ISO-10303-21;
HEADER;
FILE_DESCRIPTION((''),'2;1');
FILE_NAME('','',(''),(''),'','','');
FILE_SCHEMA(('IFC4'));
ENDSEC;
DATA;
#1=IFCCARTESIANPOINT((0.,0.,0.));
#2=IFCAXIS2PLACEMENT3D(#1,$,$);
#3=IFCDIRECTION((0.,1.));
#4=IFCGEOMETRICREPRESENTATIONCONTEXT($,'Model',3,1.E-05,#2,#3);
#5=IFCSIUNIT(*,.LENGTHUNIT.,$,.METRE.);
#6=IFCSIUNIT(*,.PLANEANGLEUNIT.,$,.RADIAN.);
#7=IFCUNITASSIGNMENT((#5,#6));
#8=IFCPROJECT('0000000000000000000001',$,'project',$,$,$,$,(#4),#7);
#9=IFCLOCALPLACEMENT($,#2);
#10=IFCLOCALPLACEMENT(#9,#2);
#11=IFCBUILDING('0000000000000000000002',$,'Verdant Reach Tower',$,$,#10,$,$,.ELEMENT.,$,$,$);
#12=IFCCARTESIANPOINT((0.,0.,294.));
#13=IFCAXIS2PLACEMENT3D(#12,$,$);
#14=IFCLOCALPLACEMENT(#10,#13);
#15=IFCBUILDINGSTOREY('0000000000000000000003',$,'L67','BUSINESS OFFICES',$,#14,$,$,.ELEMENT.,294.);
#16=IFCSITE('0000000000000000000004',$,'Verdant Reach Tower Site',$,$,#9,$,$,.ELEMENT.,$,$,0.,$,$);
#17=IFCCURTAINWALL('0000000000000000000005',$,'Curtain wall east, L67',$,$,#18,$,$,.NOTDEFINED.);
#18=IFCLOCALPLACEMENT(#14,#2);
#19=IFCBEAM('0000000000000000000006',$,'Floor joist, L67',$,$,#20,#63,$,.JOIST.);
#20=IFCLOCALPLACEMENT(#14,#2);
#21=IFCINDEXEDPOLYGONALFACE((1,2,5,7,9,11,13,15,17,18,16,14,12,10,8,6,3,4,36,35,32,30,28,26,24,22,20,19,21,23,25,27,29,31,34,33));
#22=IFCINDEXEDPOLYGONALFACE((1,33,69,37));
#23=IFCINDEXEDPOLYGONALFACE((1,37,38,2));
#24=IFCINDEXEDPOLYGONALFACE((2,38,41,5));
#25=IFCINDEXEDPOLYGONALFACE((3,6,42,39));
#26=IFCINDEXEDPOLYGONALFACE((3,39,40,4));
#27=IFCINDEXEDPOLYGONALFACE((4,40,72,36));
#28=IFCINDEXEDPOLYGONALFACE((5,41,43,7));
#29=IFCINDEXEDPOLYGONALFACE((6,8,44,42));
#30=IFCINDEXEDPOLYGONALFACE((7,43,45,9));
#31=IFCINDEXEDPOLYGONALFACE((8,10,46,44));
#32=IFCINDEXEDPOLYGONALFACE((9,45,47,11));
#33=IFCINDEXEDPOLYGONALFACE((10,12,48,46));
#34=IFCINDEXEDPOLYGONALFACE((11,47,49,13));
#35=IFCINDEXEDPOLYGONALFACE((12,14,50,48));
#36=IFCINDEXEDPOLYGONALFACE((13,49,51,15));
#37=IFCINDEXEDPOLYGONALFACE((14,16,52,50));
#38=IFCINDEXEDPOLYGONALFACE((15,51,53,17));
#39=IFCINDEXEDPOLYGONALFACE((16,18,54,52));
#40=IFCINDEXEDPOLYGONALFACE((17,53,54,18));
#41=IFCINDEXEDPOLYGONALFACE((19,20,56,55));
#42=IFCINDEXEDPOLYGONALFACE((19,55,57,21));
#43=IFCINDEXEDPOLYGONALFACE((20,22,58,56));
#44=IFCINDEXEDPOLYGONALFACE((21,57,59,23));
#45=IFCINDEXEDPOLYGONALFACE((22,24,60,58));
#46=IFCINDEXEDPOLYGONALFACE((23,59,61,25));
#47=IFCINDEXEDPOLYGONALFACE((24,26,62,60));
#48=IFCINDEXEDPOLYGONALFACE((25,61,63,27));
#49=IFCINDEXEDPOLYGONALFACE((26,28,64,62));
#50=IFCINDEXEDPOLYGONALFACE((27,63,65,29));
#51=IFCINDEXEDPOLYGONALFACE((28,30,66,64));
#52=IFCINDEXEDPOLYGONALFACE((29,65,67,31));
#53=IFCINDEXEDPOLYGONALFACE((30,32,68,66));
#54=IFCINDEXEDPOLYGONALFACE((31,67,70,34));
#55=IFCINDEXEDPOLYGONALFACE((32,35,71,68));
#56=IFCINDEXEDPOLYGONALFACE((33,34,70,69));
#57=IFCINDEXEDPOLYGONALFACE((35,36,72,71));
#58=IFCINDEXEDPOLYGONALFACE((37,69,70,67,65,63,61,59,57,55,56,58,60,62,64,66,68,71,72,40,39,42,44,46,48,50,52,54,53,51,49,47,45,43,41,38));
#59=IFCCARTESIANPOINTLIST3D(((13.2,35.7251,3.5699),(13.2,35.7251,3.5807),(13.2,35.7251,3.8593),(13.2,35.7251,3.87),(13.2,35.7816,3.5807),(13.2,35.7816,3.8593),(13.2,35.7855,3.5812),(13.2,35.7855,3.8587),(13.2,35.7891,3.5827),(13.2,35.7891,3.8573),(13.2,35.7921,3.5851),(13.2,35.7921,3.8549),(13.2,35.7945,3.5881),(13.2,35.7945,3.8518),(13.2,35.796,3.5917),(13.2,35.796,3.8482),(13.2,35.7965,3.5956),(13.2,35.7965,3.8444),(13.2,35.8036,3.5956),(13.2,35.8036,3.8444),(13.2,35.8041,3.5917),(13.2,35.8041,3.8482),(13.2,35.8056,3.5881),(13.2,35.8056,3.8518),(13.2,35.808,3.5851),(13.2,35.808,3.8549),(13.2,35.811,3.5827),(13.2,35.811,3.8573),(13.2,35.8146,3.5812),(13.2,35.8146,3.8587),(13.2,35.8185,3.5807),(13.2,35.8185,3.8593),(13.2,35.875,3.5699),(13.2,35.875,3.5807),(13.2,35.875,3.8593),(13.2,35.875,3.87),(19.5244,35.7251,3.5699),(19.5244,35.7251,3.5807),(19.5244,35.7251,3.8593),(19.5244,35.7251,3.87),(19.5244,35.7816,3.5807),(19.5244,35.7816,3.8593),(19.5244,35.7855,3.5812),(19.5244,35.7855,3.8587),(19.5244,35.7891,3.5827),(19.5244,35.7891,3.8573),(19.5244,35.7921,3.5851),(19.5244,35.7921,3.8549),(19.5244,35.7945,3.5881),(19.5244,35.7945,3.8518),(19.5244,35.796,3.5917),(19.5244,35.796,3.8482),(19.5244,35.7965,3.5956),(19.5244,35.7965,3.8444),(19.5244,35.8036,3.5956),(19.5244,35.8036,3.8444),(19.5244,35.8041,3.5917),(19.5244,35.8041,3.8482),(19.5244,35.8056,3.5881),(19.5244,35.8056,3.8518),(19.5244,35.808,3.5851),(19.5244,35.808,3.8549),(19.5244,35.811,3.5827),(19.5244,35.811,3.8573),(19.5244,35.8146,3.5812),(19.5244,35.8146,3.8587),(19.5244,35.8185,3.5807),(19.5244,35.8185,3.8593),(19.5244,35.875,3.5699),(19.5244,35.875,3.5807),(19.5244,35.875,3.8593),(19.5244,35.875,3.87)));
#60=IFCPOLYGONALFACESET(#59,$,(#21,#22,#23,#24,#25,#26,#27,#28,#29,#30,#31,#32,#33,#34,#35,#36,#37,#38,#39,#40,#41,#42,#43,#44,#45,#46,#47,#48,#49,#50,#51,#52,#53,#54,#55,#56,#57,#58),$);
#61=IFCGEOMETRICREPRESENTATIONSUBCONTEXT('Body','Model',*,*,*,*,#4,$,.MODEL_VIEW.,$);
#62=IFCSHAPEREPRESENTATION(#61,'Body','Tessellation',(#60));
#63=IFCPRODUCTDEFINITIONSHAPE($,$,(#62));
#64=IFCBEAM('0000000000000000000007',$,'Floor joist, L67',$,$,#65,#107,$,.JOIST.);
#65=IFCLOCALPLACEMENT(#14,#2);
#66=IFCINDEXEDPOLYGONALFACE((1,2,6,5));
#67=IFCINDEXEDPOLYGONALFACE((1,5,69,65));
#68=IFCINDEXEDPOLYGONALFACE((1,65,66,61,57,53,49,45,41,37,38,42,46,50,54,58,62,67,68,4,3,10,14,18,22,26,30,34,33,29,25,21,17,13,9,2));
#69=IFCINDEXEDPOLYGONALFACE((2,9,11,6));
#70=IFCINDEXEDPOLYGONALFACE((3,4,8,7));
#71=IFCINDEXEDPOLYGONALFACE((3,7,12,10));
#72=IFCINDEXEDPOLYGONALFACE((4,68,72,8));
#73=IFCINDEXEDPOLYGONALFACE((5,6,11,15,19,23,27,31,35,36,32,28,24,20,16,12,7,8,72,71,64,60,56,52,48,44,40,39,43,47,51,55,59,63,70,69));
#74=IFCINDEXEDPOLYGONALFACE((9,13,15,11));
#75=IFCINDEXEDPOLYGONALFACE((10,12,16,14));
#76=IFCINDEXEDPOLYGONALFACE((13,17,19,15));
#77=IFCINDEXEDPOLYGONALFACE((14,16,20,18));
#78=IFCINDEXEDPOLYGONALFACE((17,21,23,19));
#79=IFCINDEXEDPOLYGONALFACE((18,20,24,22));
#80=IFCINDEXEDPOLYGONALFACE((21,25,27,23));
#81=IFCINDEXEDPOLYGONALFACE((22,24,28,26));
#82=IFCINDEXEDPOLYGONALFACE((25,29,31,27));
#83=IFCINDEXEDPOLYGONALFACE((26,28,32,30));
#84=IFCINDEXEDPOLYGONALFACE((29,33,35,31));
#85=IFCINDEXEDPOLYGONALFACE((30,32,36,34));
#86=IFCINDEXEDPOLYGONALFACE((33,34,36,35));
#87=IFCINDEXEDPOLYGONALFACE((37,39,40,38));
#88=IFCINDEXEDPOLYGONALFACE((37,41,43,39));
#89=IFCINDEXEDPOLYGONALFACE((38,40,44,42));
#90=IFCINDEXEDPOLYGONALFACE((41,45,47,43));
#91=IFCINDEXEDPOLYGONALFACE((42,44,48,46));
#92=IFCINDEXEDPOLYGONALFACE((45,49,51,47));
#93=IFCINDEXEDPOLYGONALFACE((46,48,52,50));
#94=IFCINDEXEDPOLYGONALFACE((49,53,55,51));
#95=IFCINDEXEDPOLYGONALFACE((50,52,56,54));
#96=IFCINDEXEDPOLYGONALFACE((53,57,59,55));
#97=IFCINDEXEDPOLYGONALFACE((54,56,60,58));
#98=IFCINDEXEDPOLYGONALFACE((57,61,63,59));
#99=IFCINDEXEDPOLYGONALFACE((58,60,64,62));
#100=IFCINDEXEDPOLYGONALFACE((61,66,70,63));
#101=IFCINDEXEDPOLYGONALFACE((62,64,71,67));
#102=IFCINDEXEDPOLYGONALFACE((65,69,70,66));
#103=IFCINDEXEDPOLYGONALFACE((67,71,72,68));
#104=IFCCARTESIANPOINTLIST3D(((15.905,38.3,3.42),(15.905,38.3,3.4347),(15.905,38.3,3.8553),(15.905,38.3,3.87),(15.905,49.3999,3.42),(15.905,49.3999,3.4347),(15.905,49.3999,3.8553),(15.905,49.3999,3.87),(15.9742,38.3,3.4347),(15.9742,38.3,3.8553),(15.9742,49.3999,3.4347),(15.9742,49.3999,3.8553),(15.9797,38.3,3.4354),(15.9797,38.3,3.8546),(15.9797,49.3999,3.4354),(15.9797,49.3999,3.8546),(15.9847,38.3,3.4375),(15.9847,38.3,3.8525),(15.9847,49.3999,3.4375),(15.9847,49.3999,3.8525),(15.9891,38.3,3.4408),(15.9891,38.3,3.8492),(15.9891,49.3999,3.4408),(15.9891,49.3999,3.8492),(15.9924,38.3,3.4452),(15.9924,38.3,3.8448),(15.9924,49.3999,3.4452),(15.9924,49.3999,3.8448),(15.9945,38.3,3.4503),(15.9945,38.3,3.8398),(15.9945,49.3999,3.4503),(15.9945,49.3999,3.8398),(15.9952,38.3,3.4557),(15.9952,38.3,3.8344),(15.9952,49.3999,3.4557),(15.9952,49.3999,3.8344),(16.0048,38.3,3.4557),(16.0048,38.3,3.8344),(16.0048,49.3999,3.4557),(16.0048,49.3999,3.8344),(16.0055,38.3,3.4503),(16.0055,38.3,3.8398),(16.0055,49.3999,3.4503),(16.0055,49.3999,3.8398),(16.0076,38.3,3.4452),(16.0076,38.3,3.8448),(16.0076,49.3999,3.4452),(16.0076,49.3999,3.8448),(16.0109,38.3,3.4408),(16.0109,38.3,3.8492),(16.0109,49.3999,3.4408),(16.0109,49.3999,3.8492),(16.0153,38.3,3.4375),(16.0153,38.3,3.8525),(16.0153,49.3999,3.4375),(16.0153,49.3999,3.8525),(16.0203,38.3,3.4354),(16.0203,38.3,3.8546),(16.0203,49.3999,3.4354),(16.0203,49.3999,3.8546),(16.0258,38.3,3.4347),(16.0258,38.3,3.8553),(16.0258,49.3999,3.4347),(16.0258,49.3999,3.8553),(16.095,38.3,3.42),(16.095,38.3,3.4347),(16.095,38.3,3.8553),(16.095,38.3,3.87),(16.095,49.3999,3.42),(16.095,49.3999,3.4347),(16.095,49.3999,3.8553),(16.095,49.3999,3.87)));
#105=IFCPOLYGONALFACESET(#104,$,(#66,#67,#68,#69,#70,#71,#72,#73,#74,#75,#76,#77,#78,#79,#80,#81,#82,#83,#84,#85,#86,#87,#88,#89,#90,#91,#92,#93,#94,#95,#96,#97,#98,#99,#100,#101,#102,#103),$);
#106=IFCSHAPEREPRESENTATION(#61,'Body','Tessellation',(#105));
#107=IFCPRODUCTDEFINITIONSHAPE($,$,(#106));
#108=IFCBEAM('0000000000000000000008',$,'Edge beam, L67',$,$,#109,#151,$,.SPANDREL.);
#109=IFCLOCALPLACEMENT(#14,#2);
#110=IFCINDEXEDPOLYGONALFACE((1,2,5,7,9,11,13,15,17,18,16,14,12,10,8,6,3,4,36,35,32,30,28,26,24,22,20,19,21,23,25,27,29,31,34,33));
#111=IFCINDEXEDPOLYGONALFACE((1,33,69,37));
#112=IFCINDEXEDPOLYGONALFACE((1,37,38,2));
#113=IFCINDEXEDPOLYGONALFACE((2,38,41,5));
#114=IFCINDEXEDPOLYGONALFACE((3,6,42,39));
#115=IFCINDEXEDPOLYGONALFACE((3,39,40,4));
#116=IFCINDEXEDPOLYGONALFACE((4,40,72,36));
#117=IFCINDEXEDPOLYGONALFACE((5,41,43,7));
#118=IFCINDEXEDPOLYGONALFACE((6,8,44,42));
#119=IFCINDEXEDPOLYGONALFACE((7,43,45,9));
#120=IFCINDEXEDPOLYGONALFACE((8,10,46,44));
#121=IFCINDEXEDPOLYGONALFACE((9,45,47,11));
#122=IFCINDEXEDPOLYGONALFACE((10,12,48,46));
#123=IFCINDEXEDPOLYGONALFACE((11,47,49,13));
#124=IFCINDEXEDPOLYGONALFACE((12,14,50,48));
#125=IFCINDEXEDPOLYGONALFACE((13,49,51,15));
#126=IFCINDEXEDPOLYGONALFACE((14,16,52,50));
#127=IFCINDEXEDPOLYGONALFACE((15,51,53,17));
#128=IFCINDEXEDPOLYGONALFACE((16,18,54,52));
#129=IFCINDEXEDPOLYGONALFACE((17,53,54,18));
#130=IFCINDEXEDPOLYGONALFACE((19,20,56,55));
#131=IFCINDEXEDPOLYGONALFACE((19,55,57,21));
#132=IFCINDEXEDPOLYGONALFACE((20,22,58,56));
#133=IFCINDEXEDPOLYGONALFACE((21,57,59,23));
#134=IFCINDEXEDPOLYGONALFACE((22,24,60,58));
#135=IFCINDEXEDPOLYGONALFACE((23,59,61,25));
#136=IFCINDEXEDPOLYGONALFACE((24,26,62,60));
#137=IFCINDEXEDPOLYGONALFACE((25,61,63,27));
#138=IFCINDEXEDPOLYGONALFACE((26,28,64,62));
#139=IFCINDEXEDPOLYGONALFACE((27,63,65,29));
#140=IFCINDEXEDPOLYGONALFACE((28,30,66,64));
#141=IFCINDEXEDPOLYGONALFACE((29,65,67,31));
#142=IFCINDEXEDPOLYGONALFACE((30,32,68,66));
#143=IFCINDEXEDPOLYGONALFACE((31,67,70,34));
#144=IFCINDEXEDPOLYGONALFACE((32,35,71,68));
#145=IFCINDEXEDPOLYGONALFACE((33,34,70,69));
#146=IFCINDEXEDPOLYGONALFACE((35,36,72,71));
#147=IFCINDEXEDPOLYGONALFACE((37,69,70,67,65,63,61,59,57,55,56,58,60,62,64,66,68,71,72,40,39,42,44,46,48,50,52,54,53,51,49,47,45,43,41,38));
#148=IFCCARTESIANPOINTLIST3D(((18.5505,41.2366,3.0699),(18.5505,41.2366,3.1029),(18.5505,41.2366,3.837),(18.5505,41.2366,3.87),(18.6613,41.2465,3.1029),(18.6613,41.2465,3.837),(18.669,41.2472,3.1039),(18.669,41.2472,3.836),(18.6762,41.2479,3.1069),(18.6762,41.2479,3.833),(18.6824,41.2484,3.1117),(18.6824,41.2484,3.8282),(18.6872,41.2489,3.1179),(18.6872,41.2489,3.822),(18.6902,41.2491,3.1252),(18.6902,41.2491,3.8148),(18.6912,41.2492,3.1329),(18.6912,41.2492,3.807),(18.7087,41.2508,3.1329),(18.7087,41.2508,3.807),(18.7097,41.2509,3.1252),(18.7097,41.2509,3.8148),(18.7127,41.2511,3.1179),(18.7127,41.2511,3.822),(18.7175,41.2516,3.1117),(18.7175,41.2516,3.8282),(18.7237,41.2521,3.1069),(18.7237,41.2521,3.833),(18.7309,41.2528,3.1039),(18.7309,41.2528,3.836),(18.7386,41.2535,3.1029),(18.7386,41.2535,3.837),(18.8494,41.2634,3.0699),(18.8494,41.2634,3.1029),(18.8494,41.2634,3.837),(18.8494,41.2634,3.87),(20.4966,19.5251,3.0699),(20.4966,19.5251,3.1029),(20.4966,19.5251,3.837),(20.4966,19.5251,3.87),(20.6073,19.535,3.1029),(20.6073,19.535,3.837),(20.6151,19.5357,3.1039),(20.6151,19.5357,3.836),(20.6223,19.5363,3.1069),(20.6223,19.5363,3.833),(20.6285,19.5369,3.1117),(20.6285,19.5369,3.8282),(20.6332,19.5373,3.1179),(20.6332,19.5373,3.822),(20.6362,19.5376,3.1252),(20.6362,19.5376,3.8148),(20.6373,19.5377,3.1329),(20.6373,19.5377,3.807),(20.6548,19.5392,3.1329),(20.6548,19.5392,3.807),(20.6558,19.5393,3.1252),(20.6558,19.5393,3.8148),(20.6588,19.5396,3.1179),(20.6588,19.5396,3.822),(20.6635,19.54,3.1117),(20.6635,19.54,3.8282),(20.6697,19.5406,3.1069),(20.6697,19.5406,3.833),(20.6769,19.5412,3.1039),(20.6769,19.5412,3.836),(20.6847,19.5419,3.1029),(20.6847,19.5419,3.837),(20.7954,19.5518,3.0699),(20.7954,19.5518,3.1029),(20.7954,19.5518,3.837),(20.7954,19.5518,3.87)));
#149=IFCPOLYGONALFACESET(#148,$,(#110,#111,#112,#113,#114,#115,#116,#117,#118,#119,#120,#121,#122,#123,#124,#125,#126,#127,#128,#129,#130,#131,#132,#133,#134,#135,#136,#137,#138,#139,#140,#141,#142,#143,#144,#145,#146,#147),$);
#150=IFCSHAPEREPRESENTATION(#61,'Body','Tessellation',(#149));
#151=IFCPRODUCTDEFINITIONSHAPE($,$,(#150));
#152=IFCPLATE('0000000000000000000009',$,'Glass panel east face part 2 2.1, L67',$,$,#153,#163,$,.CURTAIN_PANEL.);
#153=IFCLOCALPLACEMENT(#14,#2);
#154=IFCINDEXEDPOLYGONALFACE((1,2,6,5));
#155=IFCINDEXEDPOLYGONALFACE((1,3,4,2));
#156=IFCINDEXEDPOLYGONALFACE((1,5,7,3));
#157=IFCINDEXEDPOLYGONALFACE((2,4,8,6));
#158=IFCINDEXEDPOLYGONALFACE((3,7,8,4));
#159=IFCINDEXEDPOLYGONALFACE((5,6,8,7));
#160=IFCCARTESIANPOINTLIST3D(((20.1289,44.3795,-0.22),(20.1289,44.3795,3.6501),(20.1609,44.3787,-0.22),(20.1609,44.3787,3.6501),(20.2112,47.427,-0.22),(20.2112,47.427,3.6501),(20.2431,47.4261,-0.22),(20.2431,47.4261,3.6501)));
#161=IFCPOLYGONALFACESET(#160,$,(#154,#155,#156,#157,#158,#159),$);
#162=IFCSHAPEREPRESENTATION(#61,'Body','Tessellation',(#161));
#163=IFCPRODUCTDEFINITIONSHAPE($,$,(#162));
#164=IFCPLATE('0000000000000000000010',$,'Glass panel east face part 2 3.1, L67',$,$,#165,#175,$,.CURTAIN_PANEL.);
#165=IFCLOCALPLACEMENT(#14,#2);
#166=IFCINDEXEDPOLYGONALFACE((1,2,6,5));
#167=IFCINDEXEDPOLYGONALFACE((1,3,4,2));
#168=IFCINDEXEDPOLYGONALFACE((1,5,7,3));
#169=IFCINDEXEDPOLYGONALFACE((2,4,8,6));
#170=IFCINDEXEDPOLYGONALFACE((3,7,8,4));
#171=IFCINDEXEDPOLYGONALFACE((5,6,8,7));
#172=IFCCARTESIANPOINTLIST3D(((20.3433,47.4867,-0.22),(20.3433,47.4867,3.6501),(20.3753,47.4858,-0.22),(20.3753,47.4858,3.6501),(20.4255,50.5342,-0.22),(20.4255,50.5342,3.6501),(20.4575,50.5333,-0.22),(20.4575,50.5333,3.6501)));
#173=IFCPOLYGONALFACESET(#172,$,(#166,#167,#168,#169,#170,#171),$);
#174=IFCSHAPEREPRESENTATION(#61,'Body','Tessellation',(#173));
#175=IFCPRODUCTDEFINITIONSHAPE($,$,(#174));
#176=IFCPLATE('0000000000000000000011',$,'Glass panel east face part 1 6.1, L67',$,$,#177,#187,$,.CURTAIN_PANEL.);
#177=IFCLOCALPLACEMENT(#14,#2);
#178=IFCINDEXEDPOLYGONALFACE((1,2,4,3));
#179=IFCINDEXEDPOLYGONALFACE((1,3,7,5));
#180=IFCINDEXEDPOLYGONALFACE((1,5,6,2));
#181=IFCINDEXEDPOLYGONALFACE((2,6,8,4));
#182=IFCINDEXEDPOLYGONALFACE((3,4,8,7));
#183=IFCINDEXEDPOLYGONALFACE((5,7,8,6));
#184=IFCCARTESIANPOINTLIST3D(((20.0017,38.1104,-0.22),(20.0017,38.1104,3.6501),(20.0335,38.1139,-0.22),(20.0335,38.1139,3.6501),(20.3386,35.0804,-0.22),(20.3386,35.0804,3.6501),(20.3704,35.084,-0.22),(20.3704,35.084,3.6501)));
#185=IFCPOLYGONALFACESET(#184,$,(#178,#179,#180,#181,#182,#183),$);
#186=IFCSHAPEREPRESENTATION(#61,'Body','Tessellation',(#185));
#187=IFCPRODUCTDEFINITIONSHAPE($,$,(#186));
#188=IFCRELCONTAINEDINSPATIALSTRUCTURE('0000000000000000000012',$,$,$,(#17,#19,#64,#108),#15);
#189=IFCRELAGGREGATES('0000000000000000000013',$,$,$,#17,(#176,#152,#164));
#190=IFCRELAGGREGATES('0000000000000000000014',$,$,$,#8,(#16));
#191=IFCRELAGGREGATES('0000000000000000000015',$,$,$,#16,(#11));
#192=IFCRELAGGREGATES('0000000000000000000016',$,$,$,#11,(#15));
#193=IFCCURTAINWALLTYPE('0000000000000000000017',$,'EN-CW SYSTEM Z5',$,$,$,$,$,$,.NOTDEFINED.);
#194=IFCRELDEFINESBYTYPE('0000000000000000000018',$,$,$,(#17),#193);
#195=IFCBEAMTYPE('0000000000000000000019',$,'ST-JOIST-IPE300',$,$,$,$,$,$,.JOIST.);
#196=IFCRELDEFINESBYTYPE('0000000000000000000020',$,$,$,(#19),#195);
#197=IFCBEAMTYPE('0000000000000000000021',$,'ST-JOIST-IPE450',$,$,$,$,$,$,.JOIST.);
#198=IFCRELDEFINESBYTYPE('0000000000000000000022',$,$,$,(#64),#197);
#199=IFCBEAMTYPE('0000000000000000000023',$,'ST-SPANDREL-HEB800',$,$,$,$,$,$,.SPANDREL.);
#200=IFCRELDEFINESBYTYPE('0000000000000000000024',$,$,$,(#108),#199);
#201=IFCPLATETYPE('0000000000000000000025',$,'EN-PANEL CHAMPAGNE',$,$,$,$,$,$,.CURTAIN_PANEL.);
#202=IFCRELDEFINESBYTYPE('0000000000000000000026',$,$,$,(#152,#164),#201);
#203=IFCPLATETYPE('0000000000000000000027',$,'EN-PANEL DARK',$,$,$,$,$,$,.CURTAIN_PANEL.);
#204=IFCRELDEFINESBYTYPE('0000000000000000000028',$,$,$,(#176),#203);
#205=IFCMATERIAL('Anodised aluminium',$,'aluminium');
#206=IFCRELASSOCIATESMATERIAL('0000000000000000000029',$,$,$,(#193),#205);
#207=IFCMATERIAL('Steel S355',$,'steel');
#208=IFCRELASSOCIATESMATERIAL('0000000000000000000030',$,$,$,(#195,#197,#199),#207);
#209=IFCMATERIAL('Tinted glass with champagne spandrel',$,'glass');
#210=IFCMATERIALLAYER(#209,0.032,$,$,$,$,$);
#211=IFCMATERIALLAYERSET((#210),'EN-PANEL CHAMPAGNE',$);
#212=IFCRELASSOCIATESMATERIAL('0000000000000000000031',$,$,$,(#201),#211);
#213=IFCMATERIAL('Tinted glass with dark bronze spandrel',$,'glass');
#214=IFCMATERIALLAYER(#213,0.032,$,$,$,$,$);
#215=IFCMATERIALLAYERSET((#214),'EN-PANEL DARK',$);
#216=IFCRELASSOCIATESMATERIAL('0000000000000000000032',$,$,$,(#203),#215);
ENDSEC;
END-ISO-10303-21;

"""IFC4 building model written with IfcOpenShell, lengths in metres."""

from ifc_helpers import new_model, si_unit, direction, frame, origin, origin_2d, place, context, subcontext, project, spatial, rectangle, i_section, extrude, material, layer, layer_set, material_profile, profile_set, type_object, element, aggregate, save


model = new_model("IFC4")

# Units and contexts
model_context = context("Model", 3, precision=1e-05, world=origin(), true_north=direction((0.0, 1.0)))
body_context = subcontext(model_context, "Body", "Model", "MODEL_VIEW")
ifc_project = project(units=[si_unit("LENGTHUNIT", "METRE"), si_unit("PLANEANGLEUNIT", "RADIAN")], contexts=[model_context])

# Site, building, storey
site_placement = place(None, origin())
site = spatial("IfcSite", under=ifc_project, at=site_placement, Name="Verdant Reach Tower Site", CompositionType="ELEMENT", RefElevation=0.0)
building_placement = place(site_placement, origin())
building = spatial("IfcBuilding", under=site, at=building_placement, Name="Verdant Reach Tower", CompositionType="ELEMENT")
storey_placement = place(building_placement, frame((0.0, 0.0, 294.0)))
storey = spatial("IfcBuildingStorey", under=building, at=storey_placement, Name="L67", Description="BUSINESS OFFICES", CompositionType="ELEMENT", Elevation=294.0)

# Curtain wall
ifc_material_1 = material(Name="Anodised aluminium", Category="aluminium")
curtain_wall_type = type_object("IfcCurtainWallType", Name="EN-CW SYSTEM Z5", PredefinedType="NOTDEFINED", material=ifc_material_1)
curtain_wall_placement = place(storey_placement, origin())
curtain_wall = element("IfcCurtainWall", 1, at=curtain_wall_placement, inside=storey, type_object=curtain_wall_type, Name="Curtain wall east, L67", PredefinedType="NOTDEFINED")

# Beams
ifc_material_2 = material(Name="Steel S355", Category="steel")
ifc_material_profile_1 = material_profile(ifc_material_2, i_section(OverallWidth=0.1499, OverallDepth=0.3, WebThickness=0.0071, FlangeThickness=0.0107, FilletRadius=0.0149, at=origin_2d()), Name="IPE 300")
ifc_profile_set_1 = profile_set([ifc_material_profile_1], Name="Steel S355")
beam_type_1 = type_object("IfcBeamType", Name="ST-JOIST-IPE300", PredefinedType="JOIST", material=ifc_profile_set_1)
beam_1_placement = place(storey_placement, frame((13.2, 35.8, 3.72), z_axis=(1.0, 0.0, 0.0), x_axis=(0.0, 1.0, 0.0)))
element("IfcBeam", 2, at=beam_1_placement, inside=storey, type_object=beam_type_1, Name="Floor joist, L67", PredefinedType="JOIST", context=body_context, shape_type="SweptSolid", body=[
    extrude(i_section(OverallWidth=0.1499, OverallDepth=0.3, WebThickness=0.0071, FlangeThickness=0.0107, FilletRadius=0.0149, at=origin_2d()), origin(), (0.0, 0.0, 1.0), 6.3245),
])
ifc_material_profile_2 = material_profile(ifc_material_2, i_section(OverallWidth=0.1899, OverallDepth=0.45, WebThickness=0.0095, FlangeThickness=0.0146, FilletRadius=0.021, at=origin_2d()), Name="IPE 450")
ifc_profile_set_2 = profile_set([ifc_material_profile_2], Name="Steel S355")
beam_type_2 = type_object("IfcBeamType", Name="ST-JOIST-IPE450", PredefinedType="JOIST", material=ifc_profile_set_2)
beam_2_placement = place(storey_placement, frame((16.0, 38.3, 3.645), z_axis=(0.0, 1.0, 0.0), x_axis=(-1.0, 0.0, 0.0)))
element("IfcBeam", 3, at=beam_2_placement, inside=storey, type_object=beam_type_2, Name="Floor joist, L67", PredefinedType="JOIST", context=body_context, shape_type="SweptSolid", body=[
    extrude(i_section(OverallWidth=0.1899, OverallDepth=0.45, WebThickness=0.0095, FlangeThickness=0.0146, FilletRadius=0.021, at=origin_2d()), origin(), (0.0, 0.0, 1.0), 11.0999),
])
ifc_material_profile_3 = material_profile(ifc_material_2, i_section(OverallWidth=0.3, OverallDepth=0.8, WebThickness=0.0176, FlangeThickness=0.033, FilletRadius=0.03, at=origin_2d()), Name="HEB 800")
ifc_profile_set_3 = profile_set([ifc_material_profile_3], Name="Steel S355")
beam_type_3 = type_object("IfcBeamType", Name="ST-SPANDREL-HEB800", PredefinedType="SPANDREL", material=ifc_profile_set_3)
beam_3_placement = place(storey_placement, frame((18.7, 41.25, 3.47), z_axis=(0.089274, -0.996007, 0.0), x_axis=(0.996007, 0.089274, 0.0)))
element("IfcBeam", 4, at=beam_3_placement, inside=storey, type_object=beam_type_3, Name="Edge beam, L67", PredefinedType="SPANDREL", context=body_context, shape_type="SweptSolid", body=[
    extrude(i_section(OverallWidth=0.3, OverallDepth=0.8, WebThickness=0.0176, FlangeThickness=0.033, FilletRadius=0.03, at=origin_2d()), origin(), (0.0, 0.0, 1.0), 21.7986),
])

# Plates
ifc_material_3 = material(Name="Tinted glass with champagne spandrel", Category="glass")
ifc_layer_1 = layer(ifc_material_3, 0.032)
ifc_layer_set_1 = layer_set([ifc_layer_1], Name="EN-PANEL CHAMPAGNE")
plate_type_1 = type_object("IfcPlateType", Name="EN-PANEL CHAMPAGNE", PredefinedType="CURTAIN_PANEL", material=ifc_layer_set_1)
plate_1_placement = place(storey_placement, frame((20.186, 45.9028, -0.22), z_axis=(0.0, 0.0, 1.0), x_axis=(0.026965, 0.999636, 0.0)))
plate_1 = element("IfcPlate", 5, at=plate_1_placement, type_object=plate_type_1, Name="Glass panel east face part 2 2.1, L67", PredefinedType="CURTAIN_PANEL", context=body_context, shape_type="SweptSolid", body=[
    extrude(rectangle(XDim=3.0486, YDim=0.032, at=origin_2d()), origin(), (0.0, 0.0, 1.0), 3.8701),
])
plate_2_placement = place(storey_placement, frame((20.4004, 49.01, -0.22), z_axis=(0.0, 0.0, 1.0), x_axis=(0.026965, 0.999636, 0.0)))
plate_2 = element("IfcPlate", 6, at=plate_2_placement, type_object=plate_type_1, Name="Glass panel east face part 2 3.1, L67", PredefinedType="CURTAIN_PANEL", context=body_context, shape_type="SweptSolid", body=[
    extrude(rectangle(XDim=3.0486, YDim=0.032, at=origin_2d()), origin(), (0.0, 0.0, 1.0), 3.8701),
])
ifc_material_4 = material(Name="Tinted glass with dark bronze spandrel", Category="glass")
ifc_layer_2 = layer(ifc_material_4, 0.032)
ifc_layer_set_2 = layer_set([ifc_layer_2], Name="EN-PANEL DARK")
plate_type_2 = type_object("IfcPlateType", Name="EN-PANEL DARK", PredefinedType="CURTAIN_PANEL", material=ifc_layer_set_2)
plate_3_placement = place(storey_placement, frame((20.186, 36.5972, -0.22), z_axis=(0.0, 0.0, 1.0), x_axis=(-0.110518, 0.993874, 0.0)))
plate_3 = element("IfcPlate", 7, at=plate_3_placement, type_object=plate_type_2, Name="Glass panel east face part 1 6.1, L67", PredefinedType="CURTAIN_PANEL", context=body_context, shape_type="SweptSolid", body=[
    extrude(rectangle(XDim=3.0486, YDim=0.032, at=origin_2d()), origin(), (0.0, 0.0, 1.0), 3.8701),
])
aggregate(curtain_wall, [plate_3, plate_1, plate_2])

save(model, "model.ifc")
